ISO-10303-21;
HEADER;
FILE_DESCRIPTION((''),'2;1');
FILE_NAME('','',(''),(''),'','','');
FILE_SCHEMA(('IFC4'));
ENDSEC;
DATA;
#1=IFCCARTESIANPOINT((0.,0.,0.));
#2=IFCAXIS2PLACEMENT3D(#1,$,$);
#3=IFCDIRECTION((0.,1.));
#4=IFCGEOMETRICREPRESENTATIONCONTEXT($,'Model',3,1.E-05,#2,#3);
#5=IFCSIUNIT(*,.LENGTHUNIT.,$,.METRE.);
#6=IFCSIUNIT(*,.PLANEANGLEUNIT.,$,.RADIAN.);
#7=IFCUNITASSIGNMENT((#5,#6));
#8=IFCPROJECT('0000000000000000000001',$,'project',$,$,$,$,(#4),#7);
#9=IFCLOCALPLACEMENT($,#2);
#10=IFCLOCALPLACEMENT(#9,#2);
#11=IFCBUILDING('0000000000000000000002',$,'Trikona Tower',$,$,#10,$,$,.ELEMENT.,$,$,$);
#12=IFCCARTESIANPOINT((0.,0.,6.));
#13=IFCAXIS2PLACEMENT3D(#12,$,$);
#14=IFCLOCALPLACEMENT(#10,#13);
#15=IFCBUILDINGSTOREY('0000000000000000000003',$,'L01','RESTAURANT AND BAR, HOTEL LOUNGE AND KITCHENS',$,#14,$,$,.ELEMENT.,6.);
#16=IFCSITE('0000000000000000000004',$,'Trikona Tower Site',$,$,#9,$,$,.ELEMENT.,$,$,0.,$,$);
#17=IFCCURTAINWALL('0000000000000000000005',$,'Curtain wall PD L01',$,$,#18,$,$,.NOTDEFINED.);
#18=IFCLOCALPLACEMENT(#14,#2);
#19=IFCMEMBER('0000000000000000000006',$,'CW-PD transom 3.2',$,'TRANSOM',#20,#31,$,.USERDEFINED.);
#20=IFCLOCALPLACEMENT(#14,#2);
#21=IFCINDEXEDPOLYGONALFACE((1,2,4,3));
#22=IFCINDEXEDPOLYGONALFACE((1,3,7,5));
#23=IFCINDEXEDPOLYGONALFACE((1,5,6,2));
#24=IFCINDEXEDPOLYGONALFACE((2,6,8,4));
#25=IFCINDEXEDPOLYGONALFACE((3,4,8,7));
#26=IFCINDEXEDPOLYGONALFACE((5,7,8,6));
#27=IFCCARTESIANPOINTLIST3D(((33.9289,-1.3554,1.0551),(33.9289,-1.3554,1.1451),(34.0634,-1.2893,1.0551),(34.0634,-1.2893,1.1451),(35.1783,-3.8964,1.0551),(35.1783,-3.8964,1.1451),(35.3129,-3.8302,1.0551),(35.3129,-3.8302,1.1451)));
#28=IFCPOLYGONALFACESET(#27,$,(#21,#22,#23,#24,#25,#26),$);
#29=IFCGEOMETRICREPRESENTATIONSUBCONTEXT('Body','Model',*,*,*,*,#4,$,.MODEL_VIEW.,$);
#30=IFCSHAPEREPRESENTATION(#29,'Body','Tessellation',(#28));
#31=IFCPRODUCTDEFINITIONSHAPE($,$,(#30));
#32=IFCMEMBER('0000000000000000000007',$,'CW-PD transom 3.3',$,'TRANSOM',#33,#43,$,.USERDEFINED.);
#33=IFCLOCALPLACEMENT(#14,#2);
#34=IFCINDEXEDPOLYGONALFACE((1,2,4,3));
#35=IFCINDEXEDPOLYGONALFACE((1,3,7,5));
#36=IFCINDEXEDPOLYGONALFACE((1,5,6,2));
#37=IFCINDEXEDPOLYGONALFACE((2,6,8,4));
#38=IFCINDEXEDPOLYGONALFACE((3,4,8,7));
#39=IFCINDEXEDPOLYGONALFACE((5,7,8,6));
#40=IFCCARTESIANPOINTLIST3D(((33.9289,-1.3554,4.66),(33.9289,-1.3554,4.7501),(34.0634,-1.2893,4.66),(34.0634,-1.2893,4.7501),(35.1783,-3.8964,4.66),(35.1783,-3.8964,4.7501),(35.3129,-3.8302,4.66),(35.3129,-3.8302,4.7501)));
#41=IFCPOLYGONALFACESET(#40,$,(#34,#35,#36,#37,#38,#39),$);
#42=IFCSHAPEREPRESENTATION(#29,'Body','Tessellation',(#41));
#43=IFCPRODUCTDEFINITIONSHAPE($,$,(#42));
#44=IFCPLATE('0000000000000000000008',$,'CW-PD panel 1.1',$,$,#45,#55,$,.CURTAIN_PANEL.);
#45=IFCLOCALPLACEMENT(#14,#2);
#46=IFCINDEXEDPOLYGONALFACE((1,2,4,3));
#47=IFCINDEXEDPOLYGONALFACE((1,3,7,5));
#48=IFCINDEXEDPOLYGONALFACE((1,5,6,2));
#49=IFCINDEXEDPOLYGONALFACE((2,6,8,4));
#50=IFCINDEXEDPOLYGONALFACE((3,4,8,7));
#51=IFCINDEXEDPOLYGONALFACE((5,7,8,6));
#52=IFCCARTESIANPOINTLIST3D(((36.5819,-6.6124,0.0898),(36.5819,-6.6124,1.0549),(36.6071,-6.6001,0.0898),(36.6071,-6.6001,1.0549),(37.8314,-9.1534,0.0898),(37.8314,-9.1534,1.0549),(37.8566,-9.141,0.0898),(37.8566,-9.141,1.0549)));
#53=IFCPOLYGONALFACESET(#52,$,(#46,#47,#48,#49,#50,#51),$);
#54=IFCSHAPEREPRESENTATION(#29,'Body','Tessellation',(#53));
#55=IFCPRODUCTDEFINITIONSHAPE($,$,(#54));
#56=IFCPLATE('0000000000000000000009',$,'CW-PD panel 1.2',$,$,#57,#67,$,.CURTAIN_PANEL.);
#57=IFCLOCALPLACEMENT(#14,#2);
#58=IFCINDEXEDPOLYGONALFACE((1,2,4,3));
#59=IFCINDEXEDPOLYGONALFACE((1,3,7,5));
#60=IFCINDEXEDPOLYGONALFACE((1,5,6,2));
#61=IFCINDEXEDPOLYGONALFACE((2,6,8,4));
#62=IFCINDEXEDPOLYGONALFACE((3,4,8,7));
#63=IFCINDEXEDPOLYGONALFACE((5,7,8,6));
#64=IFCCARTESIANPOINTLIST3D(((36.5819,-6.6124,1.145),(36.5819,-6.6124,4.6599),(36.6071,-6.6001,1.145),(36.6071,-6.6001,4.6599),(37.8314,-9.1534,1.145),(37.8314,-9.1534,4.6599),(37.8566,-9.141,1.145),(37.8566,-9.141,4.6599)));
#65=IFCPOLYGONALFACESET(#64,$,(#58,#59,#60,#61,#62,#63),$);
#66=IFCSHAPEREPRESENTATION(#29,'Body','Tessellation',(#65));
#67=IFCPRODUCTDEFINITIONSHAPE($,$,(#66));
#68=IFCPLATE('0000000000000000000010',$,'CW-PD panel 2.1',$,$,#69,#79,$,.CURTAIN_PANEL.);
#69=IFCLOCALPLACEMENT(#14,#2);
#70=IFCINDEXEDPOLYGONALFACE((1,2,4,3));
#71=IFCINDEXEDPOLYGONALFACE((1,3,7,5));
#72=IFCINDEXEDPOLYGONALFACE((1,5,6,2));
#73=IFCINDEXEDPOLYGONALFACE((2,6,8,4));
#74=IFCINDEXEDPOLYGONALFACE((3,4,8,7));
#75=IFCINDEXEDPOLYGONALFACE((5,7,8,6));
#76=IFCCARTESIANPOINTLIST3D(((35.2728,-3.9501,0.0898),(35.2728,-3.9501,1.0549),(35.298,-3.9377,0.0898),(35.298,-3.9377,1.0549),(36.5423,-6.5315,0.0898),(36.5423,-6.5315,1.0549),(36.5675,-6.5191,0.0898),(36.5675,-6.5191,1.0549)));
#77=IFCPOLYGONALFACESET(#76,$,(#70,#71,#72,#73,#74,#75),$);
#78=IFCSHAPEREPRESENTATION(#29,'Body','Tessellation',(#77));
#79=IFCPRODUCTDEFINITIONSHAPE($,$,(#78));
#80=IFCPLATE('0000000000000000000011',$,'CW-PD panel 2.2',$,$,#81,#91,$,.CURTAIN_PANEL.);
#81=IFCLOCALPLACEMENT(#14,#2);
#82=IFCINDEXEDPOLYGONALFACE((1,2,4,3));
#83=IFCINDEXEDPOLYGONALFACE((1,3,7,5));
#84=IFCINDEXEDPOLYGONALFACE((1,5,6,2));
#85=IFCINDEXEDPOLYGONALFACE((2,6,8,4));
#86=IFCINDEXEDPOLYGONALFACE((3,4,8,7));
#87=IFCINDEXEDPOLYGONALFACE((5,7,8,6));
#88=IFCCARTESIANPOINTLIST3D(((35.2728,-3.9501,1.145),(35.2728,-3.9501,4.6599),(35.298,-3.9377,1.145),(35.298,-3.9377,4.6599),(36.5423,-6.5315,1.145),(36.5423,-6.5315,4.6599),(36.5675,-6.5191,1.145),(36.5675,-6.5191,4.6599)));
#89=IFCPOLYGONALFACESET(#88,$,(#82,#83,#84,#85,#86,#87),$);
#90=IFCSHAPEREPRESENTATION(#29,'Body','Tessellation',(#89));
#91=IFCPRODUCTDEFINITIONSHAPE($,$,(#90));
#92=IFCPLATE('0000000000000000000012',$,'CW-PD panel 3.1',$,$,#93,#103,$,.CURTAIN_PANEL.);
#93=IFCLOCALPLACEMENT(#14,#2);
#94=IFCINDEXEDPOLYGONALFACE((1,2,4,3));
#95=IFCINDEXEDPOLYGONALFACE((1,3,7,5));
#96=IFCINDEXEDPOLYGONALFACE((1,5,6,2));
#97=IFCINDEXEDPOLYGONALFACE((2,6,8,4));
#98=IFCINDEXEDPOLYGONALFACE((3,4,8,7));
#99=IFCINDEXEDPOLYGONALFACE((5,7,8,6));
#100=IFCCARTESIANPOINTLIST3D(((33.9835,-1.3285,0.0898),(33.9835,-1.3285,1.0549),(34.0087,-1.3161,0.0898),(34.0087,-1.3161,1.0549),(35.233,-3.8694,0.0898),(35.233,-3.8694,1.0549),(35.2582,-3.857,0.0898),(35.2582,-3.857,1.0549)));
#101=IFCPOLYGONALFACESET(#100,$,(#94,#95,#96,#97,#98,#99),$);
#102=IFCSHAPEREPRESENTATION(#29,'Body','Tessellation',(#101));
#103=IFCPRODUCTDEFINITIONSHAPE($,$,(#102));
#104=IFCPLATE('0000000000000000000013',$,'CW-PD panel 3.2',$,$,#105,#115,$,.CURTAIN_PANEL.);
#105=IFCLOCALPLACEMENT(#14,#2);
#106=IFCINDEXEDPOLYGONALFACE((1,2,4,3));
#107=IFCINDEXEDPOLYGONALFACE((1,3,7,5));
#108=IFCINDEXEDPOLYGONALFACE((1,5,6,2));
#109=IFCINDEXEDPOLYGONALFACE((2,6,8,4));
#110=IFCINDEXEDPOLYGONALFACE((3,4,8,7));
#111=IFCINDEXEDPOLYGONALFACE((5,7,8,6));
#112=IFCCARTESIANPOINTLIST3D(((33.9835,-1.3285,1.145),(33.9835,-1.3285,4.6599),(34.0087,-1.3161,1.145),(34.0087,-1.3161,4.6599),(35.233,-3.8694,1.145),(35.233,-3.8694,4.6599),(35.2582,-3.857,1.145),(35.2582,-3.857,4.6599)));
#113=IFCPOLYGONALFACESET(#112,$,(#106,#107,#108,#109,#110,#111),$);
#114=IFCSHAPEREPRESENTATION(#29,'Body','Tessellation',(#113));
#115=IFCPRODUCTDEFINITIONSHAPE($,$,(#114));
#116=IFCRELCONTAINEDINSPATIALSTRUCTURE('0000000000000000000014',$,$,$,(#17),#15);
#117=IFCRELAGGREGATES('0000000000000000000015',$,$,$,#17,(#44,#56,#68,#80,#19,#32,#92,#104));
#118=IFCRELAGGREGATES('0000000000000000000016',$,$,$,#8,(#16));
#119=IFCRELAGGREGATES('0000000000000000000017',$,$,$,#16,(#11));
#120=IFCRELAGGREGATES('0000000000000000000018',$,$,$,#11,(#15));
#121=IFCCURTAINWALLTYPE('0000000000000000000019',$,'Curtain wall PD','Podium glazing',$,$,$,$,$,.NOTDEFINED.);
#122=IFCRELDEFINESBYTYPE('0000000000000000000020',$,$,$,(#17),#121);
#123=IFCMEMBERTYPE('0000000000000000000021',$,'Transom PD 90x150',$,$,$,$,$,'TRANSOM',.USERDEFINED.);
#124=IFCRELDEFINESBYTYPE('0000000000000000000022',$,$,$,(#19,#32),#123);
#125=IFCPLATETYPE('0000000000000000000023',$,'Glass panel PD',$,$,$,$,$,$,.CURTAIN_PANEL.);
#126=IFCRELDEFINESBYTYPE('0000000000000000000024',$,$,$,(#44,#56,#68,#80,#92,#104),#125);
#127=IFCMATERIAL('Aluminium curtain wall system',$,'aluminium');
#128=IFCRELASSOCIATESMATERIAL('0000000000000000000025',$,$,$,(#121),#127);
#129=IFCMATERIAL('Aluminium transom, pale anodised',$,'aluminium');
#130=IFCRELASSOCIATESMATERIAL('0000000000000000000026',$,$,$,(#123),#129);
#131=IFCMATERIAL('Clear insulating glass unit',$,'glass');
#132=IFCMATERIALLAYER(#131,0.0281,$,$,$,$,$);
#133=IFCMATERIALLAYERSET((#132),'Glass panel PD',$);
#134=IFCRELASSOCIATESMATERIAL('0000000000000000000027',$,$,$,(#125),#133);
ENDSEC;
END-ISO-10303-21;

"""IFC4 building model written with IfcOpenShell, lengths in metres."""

from ifc_helpers import new_model, si_unit, direction, frame, origin, origin_2d, place, context, subcontext, project, spatial, rectangle, extrude, material, layer, layer_set, material_profile, profile_set, type_object, element, aggregate, save


model = new_model("IFC4")

# Units and contexts
model_context = context("Model", 3, precision=1e-05, world=origin(), true_north=direction((0.0, 1.0)))
body_context = subcontext(model_context, "Body", "Model", "MODEL_VIEW")
ifc_project = project(units=[si_unit("LENGTHUNIT", "METRE"), si_unit("PLANEANGLEUNIT", "RADIAN")], contexts=[model_context])

# Site, building, storey
site_placement = place(None, origin())
site = spatial("IfcSite", under=ifc_project, at=site_placement, Name="Trikona Tower Site", CompositionType="ELEMENT", RefElevation=0.0)
building_placement = place(site_placement, origin())
building = spatial("IfcBuilding", under=site, at=building_placement, Name="Trikona Tower", CompositionType="ELEMENT")
storey_placement = place(building_placement, frame((0.0, 0.0, 6.0)))
storey = spatial("IfcBuildingStorey", under=building, at=storey_placement, Name="L01", Description="RESTAURANT AND BAR, HOTEL LOUNGE AND KITCHENS", CompositionType="ELEMENT", Elevation=6.0)

# Curtain wall
ifc_material_1 = material(Name="Aluminium curtain wall system", Category="aluminium")
curtain_wall_type = type_object("IfcCurtainWallType", Name="Curtain wall PD", Description="Podium glazing", PredefinedType="NOTDEFINED", material=ifc_material_1)
curtain_wall_placement = place(storey_placement, origin())
curtain_wall = element("IfcCurtainWall", 1, at=curtain_wall_placement, inside=storey, type_object=curtain_wall_type, Name="Curtain wall PD L01", PredefinedType="NOTDEFINED")

# Members
ifc_material_2 = material(Name="Aluminium transom, pale anodised", Category="aluminium")
ifc_material_profile_1 = material_profile(ifc_material_2, rectangle(XDim=0.1499, YDim=0.0901, at=origin_2d()), Name="TRN-PD")
ifc_profile_set_1 = profile_set([ifc_material_profile_1], Name="Aluminium transom, pale anodised")
member_type_1 = type_object("IfcMemberType", Name="Transom PD 90x150", ElementType="TRANSOM", PredefinedType="USERDEFINED", material=ifc_profile_set_1)
member_1_placement = place(storey_placement, frame((35.2456, -3.8633, 1.1001), z_axis=(-0.441272, 0.897373, 0.0), x_axis=(-0.897373, -0.441272, 0.0)))
member_1 = element("IfcMember", 2, at=member_1_placement, type_object=member_type_1, Name="CW-PD transom 3.2", ObjectType="TRANSOM", PredefinedType="USERDEFINED", context=body_context, shape_type="SweptSolid", body=[
    extrude(rectangle(XDim=0.1499, YDim=0.0901, at=origin_2d()), origin(), (0.0, 0.0, 1.0), 2.8315),
])
member_2_placement = place(storey_placement, frame((35.2456, -3.8633, 4.7051), z_axis=(-0.441272, 0.897373, 0.0), x_axis=(-0.897373, -0.441272, 0.0)))
member_2 = element("IfcMember", 3, at=member_2_placement, type_object=member_type_1, Name="CW-PD transom 3.3", ObjectType="TRANSOM", PredefinedType="USERDEFINED", context=body_context, shape_type="SweptSolid", body=[
    extrude(rectangle(XDim=0.1499, YDim=0.0901, at=origin_2d()), origin(), (0.0, 0.0, 1.0), 2.8315),
])

# Plates
ifc_material_3 = material(Name="Clear insulating glass unit", Category="glass")
ifc_layer = layer(ifc_material_3, 0.0281)
ifc_layer_set = layer_set([ifc_layer], Name="Glass panel PD")
plate_type = type_object("IfcPlateType", Name="Glass panel PD", PredefinedType="CURTAIN_PANEL", material=ifc_layer_set)
plate_1_placement = place(storey_placement, frame((37.2192, -7.8767, 0.0898), z_axis=(0.0, 0.0, 1.0), x_axis=(-0.441294, 0.897363, 0.0)))
plate_1 = element("IfcPlate", 4, at=plate_1_placement, type_object=plate_type, Name="CW-PD panel 1.1", PredefinedType="CURTAIN_PANEL", context=body_context, shape_type="SweptSolid", body=[
    extrude(rectangle(XDim=2.8315, YDim=0.0281, at=origin_2d()), origin(), (0.0, 0.0, 1.0), 0.9651),
])
plate_2_placement = place(storey_placement, frame((37.2192, -7.8767, 1.145), z_axis=(0.0, 0.0, 1.0), x_axis=(-0.441294, 0.897363, 0.0)))
plate_2 = element("IfcPlate", 5, at=plate_2_placement, type_object=plate_type, Name="CW-PD panel 1.2", PredefinedType="CURTAIN_PANEL", context=body_context, shape_type="SweptSolid", body=[
    extrude(rectangle(XDim=2.8315, YDim=0.0281, at=origin_2d()), origin(), (0.0, 0.0, 1.0), 3.5149),
])
plate_3_placement = place(storey_placement, frame((35.9202, -5.2346, 0.0898), z_axis=(0.0, 0.0, 1.0), x_axis=(-0.441294, 0.897363, 0.0)))
plate_3 = element("IfcPlate", 6, at=plate_3_placement, type_object=plate_type, Name="CW-PD panel 2.1", PredefinedType="CURTAIN_PANEL", context=body_context, shape_type="SweptSolid", body=[
    extrude(rectangle(XDim=2.8767, YDim=0.0281, at=origin_2d()), origin(), (0.0, 0.0, 1.0), 0.9651),
])
plate_4_placement = place(storey_placement, frame((35.9202, -5.2346, 1.145), z_axis=(0.0, 0.0, 1.0), x_axis=(-0.441294, 0.897363, 0.0)))
plate_4 = element("IfcPlate", 7, at=plate_4_placement, type_object=plate_type, Name="CW-PD panel 2.2", PredefinedType="CURTAIN_PANEL", context=body_context, shape_type="SweptSolid", body=[
    extrude(rectangle(XDim=2.8767, YDim=0.0281, at=origin_2d()), origin(), (0.0, 0.0, 1.0), 3.5149),
])
plate_5_placement = place(storey_placement, frame((34.6208, -2.5928, 0.0898), z_axis=(0.0, 0.0, 1.0), x_axis=(-0.441294, 0.897363, 0.0)))
plate_5 = element("IfcPlate", 8, at=plate_5_placement, type_object=plate_type, Name="CW-PD panel 3.1", PredefinedType="CURTAIN_PANEL", context=body_context, shape_type="SweptSolid", body=[
    extrude(rectangle(XDim=2.8315, YDim=0.0281, at=origin_2d()), origin(), (0.0, 0.0, 1.0), 0.9651),
])
plate_6_placement = place(storey_placement, frame((34.6208, -2.5928, 1.145), z_axis=(0.0, 0.0, 1.0), x_axis=(-0.441294, 0.897363, 0.0)))
plate_6 = element("IfcPlate", 9, at=plate_6_placement, type_object=plate_type, Name="CW-PD panel 3.2", PredefinedType="CURTAIN_PANEL", context=body_context, shape_type="SweptSolid", body=[
    extrude(rectangle(XDim=2.8315, YDim=0.0281, at=origin_2d()), origin(), (0.0, 0.0, 1.0), 3.5149),
])
aggregate(curtain_wall, [plate_1, plate_2, plate_3, plate_4, member_1, member_2, plate_5, plate_6])

save(model, "model.ifc")
